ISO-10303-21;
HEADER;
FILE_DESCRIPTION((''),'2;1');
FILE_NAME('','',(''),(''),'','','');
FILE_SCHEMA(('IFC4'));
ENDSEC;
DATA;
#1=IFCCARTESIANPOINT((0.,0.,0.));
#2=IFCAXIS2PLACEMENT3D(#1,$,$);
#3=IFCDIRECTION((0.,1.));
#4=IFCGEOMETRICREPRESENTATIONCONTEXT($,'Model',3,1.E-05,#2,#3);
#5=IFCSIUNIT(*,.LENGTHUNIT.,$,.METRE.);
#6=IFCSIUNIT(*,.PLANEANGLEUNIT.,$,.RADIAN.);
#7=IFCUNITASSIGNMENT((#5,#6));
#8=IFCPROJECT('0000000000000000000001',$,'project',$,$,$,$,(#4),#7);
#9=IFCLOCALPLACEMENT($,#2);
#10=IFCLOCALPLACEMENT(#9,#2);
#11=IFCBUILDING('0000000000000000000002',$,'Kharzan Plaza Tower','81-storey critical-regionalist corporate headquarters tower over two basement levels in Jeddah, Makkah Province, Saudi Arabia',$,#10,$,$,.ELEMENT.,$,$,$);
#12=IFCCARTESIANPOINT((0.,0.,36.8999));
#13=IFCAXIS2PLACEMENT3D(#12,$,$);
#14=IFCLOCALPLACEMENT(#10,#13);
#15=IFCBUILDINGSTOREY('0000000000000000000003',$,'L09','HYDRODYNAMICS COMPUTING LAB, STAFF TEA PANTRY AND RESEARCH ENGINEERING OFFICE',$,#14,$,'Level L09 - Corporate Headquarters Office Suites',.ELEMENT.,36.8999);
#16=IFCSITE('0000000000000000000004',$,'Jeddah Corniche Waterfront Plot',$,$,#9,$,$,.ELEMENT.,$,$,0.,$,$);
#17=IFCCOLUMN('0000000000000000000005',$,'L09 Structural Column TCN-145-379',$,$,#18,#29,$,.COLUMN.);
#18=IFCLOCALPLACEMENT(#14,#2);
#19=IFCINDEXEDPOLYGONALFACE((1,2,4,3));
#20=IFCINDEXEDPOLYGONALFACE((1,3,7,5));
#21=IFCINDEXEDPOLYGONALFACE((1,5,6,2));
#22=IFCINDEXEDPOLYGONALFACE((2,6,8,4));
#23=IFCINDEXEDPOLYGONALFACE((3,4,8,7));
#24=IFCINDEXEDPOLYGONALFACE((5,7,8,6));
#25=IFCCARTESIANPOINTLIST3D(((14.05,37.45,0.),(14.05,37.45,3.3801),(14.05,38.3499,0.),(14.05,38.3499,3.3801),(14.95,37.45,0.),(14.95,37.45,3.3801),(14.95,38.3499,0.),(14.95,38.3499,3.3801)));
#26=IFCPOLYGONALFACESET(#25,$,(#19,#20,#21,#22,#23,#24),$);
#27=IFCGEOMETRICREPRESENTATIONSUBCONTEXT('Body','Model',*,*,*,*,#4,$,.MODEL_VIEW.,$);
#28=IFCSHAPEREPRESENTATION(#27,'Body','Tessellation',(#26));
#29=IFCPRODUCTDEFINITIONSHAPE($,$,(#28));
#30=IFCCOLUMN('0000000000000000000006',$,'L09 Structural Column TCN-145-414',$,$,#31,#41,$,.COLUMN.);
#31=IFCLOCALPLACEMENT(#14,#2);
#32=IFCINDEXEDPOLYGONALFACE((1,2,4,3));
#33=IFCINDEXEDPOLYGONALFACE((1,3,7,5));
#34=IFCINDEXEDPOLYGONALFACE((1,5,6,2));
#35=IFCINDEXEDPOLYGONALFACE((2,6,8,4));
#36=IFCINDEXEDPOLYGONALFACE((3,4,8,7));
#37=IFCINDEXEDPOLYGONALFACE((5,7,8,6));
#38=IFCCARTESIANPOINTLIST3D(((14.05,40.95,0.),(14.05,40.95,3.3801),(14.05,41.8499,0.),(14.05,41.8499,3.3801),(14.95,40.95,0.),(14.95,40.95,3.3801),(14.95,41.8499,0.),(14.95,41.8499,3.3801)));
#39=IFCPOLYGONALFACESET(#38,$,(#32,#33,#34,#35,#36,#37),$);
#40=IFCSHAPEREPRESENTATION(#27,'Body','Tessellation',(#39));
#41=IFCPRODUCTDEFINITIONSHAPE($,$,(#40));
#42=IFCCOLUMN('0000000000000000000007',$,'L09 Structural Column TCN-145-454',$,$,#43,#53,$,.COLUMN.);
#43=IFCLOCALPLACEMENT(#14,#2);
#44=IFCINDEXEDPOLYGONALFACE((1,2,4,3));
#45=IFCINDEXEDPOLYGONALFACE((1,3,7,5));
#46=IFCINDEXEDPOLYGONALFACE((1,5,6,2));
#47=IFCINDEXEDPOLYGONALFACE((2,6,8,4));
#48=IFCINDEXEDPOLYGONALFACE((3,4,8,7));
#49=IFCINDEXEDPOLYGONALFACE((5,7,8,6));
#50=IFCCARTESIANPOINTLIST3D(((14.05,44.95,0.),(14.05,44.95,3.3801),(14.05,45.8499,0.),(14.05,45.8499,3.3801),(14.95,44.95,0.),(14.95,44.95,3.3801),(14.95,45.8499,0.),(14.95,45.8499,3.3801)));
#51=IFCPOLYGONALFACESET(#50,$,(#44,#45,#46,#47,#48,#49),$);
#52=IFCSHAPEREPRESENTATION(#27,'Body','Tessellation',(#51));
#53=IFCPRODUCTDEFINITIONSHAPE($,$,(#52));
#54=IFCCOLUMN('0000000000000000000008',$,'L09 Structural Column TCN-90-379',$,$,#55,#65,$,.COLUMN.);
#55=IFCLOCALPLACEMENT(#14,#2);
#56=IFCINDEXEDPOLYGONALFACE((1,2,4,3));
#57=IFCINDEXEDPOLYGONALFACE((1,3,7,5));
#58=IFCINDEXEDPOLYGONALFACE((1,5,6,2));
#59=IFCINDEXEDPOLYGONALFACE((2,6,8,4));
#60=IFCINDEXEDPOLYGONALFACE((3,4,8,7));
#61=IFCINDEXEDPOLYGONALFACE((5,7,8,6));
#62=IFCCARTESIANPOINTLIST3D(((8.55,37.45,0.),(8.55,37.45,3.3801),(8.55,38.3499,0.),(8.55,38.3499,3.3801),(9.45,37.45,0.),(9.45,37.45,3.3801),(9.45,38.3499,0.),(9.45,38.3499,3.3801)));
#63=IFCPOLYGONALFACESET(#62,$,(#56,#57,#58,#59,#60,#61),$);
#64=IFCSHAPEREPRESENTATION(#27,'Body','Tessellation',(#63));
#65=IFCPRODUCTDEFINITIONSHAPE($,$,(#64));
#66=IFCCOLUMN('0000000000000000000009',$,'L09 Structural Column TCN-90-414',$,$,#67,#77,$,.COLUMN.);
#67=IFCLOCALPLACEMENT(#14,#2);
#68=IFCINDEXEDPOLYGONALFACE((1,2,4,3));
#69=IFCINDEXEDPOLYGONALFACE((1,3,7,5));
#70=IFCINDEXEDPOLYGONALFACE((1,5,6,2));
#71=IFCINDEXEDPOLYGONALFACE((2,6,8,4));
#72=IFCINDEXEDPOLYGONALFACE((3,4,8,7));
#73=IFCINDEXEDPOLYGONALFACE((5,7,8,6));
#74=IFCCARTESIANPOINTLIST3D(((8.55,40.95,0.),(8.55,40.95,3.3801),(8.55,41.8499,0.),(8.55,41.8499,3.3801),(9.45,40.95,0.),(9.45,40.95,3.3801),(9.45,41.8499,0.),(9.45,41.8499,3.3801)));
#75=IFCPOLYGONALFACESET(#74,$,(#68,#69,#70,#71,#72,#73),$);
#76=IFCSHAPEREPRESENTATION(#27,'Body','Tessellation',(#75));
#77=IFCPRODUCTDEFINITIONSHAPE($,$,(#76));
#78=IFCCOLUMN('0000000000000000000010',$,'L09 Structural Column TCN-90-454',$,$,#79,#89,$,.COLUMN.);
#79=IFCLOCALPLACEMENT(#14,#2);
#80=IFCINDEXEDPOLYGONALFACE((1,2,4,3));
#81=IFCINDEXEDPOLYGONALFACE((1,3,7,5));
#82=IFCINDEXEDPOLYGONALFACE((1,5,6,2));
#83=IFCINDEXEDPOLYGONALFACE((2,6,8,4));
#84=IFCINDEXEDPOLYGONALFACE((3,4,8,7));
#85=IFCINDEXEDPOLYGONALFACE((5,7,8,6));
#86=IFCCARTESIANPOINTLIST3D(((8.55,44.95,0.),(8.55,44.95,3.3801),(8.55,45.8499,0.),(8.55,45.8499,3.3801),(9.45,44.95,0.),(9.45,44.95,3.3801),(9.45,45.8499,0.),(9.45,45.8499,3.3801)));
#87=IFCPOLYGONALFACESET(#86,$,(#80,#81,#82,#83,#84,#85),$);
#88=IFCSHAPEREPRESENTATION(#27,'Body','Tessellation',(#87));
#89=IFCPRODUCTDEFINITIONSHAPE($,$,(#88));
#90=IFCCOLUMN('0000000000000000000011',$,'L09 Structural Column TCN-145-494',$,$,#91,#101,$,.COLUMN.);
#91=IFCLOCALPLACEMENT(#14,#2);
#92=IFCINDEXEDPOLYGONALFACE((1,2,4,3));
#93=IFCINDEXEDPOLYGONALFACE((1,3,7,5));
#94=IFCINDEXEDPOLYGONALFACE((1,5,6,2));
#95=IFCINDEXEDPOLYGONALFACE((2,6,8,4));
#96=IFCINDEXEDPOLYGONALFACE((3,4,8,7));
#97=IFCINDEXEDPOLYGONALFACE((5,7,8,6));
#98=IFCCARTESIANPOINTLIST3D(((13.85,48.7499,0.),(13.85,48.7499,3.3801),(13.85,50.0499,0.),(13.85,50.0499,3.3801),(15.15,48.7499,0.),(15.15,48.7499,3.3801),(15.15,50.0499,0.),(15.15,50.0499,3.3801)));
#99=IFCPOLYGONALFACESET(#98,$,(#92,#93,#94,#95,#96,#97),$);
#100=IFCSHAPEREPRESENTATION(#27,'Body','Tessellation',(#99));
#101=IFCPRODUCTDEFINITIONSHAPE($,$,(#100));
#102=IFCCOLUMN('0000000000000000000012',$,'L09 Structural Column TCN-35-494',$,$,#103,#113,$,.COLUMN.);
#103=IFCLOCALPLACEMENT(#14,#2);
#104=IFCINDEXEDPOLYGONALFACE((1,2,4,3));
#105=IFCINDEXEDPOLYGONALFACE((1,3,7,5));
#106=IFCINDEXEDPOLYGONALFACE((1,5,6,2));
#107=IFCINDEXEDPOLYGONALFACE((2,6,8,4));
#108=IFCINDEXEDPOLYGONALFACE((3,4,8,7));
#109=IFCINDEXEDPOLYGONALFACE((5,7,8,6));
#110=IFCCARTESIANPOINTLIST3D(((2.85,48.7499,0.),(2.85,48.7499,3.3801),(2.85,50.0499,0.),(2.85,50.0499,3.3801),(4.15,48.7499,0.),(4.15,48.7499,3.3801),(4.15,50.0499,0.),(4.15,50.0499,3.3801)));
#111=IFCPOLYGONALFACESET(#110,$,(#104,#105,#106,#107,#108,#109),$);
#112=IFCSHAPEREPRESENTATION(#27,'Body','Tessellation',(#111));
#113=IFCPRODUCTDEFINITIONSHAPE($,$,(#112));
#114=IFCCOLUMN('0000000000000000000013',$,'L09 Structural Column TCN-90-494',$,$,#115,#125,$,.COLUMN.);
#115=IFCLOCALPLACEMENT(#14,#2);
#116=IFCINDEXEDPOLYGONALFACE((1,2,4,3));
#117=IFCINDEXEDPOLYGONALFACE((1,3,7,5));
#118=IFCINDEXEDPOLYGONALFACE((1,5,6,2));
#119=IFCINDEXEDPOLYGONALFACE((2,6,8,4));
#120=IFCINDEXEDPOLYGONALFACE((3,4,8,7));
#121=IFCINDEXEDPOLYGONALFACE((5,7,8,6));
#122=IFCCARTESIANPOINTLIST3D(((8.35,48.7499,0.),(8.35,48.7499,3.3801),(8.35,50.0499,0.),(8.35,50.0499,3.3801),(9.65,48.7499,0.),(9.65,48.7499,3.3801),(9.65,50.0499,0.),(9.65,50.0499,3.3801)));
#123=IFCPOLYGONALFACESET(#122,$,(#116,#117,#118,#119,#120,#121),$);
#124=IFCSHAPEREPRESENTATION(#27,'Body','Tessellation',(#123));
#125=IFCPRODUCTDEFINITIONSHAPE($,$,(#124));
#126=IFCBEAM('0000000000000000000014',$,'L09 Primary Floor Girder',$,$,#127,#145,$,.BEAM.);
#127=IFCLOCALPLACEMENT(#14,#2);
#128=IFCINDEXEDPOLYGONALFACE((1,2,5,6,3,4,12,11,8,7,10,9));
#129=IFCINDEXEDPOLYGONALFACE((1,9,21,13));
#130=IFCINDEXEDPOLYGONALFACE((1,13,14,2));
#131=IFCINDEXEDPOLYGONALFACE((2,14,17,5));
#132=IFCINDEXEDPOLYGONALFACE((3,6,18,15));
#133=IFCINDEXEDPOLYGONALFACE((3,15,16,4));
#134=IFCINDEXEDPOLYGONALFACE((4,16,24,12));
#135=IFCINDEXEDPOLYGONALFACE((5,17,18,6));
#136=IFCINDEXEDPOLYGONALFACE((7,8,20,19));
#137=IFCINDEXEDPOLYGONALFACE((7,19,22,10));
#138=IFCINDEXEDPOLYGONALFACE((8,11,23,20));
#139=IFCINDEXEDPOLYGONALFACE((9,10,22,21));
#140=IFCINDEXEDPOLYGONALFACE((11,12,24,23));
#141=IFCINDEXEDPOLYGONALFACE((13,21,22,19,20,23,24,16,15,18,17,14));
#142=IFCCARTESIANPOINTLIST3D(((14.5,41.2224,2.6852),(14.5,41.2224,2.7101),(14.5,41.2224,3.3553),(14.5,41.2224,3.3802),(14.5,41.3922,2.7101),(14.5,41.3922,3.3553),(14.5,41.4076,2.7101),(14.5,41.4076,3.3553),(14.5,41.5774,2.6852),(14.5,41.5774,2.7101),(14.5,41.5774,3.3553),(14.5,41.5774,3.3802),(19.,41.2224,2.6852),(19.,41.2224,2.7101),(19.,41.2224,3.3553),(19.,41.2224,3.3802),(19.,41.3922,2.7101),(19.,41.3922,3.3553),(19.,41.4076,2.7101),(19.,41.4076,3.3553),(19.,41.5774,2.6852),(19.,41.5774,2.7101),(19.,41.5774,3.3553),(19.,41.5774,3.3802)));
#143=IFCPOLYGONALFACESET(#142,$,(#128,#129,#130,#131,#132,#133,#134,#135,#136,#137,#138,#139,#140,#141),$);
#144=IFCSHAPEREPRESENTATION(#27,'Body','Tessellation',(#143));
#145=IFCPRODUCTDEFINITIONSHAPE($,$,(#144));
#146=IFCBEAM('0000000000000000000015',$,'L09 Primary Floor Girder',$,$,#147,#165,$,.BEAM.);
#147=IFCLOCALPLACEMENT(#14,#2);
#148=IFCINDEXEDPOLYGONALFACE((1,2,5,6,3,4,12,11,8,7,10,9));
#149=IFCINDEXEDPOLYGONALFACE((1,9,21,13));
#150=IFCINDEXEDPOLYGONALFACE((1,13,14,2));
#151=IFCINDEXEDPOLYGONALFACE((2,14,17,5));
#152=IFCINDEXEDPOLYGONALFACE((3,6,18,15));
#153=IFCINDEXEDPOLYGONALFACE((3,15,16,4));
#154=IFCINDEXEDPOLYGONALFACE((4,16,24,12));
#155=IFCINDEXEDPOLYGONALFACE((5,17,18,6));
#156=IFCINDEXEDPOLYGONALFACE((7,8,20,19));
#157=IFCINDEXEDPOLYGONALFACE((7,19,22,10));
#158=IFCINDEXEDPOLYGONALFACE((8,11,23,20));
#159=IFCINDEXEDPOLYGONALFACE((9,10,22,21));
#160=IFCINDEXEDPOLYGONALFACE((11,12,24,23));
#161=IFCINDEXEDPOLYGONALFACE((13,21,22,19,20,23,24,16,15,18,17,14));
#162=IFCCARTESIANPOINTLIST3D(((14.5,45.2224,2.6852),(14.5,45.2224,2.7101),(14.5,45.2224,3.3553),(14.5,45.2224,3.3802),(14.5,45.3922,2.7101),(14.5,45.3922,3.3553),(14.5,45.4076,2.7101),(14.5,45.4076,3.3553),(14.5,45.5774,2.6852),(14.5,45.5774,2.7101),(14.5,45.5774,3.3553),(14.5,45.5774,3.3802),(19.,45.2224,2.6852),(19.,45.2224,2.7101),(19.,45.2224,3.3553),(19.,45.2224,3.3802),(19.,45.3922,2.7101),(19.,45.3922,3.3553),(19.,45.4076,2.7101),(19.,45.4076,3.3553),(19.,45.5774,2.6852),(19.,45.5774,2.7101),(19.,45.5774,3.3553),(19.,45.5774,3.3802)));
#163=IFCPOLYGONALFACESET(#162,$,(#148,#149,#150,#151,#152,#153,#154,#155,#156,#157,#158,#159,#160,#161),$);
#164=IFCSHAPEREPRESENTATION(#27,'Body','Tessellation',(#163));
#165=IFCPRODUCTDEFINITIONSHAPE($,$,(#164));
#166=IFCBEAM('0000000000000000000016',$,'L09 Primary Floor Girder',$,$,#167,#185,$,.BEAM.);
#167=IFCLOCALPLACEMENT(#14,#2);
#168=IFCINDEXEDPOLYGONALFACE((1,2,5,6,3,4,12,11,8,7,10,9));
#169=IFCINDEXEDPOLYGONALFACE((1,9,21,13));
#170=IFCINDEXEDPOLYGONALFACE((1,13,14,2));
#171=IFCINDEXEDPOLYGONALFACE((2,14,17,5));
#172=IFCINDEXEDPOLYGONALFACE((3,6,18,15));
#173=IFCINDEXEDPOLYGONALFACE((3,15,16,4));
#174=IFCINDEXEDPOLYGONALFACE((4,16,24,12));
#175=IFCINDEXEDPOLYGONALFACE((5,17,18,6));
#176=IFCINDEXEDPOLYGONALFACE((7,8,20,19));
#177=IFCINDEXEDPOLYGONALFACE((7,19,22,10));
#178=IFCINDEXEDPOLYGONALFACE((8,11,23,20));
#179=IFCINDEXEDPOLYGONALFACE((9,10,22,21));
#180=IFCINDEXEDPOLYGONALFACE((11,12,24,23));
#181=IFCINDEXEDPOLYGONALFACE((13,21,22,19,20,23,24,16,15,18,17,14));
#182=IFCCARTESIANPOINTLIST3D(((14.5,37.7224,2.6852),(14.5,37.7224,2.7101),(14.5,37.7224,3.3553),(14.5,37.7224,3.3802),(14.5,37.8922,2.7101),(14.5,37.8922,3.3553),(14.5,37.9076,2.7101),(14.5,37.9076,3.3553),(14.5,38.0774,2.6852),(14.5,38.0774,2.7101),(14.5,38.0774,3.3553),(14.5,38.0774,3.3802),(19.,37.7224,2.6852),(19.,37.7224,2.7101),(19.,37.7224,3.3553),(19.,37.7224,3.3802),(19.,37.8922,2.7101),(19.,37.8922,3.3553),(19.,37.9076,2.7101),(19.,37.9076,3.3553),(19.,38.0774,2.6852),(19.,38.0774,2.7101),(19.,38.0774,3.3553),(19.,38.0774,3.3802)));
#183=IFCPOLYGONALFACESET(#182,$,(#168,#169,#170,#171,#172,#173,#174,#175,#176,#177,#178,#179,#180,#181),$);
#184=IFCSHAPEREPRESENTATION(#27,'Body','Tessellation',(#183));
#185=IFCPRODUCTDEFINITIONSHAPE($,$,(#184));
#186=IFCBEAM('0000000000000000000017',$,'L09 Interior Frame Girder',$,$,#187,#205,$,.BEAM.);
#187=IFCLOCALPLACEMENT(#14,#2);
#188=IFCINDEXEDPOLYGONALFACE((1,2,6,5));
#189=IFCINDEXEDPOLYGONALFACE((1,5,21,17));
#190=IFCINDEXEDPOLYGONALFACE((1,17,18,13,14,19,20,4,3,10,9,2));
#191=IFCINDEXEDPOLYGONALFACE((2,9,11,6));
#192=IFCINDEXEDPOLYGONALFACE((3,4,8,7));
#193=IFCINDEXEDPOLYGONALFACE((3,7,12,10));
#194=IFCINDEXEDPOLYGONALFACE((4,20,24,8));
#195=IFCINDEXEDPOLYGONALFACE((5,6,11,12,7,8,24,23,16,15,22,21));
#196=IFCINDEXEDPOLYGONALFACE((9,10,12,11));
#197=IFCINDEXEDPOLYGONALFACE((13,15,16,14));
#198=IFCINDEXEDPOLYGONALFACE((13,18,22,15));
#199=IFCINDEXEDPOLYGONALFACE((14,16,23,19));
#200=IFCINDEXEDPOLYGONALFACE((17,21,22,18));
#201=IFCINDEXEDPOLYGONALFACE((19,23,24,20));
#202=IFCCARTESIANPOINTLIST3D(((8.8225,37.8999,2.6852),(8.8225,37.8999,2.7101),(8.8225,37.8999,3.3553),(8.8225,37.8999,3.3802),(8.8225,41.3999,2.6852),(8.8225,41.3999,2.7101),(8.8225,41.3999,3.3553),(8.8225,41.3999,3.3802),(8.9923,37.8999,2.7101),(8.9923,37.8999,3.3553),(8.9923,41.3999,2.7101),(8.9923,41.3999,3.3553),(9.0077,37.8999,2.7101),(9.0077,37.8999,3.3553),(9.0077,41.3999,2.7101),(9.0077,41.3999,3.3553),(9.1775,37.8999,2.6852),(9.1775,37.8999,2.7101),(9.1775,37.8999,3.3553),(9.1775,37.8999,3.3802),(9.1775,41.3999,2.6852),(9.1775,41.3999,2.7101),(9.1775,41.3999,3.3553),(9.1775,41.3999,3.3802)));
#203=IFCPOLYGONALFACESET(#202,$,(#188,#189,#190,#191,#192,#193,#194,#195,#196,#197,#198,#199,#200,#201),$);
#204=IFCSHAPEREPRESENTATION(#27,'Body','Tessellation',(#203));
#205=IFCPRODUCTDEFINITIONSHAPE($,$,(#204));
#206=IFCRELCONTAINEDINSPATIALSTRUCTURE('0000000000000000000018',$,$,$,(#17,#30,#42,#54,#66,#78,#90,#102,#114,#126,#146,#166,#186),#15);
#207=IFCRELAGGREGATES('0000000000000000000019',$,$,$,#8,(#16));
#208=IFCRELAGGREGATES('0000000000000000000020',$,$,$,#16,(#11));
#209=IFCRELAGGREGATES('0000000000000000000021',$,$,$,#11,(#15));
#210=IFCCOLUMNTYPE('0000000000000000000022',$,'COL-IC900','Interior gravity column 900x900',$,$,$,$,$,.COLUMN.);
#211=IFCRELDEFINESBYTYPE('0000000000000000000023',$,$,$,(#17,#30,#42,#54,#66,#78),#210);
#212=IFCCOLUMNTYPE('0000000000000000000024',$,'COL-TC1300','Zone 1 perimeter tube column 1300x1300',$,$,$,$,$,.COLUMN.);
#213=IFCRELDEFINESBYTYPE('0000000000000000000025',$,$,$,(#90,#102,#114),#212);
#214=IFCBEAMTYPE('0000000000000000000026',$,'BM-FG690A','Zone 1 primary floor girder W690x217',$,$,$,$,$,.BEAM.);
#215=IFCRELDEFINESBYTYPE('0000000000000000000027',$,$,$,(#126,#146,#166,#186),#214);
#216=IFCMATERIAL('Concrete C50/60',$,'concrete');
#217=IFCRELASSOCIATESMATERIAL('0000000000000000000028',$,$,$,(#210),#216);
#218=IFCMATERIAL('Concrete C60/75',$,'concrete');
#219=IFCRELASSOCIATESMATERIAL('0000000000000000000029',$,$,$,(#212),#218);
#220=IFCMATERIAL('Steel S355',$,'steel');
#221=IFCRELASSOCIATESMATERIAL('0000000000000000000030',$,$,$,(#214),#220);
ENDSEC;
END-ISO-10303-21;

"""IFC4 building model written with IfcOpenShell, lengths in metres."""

from ifc_helpers import new_model, si_unit, direction, frame, origin, origin_2d, place, context, subcontext, project, spatial, rectangle, i_section, extrude, source, transform, mapped, material, material_profile, profile_set, type_object, element, save


model = new_model("IFC4")

# Units and contexts
model_context = context("Model", 3, precision=1e-05, world=origin(), true_north=direction((0.0, 1.0)))
body_context = subcontext(model_context, "Body", "Model", "MODEL_VIEW")
ifc_project = project(units=[si_unit("LENGTHUNIT", "METRE"), si_unit("PLANEANGLEUNIT", "RADIAN")], contexts=[model_context])

# Site, building, storey
site_placement = place(None, origin())
site = spatial("IfcSite", under=ifc_project, at=site_placement, Name="Jeddah Corniche Waterfront Plot", CompositionType="ELEMENT", RefElevation=0.0)
building_placement = place(site_placement, origin())
building = spatial("IfcBuilding", under=site, at=building_placement, Name="Kharzan Plaza Tower", Description="81-storey critical-regionalist corporate headquarters tower over two basement levels in Jeddah, Makkah Province, Saudi Arabia", CompositionType="ELEMENT")
storey_placement = place(building_placement, frame((0.0, 0.0, 36.8999)))
storey = spatial("IfcBuildingStorey", under=building, at=storey_placement, Name="L09", Description="HYDRODYNAMICS COMPUTING LAB, STAFF TEA PANTRY AND RESEARCH ENGINEERING OFFICE", LongName="Level L09 - Corporate Headquarters Office Suites", CompositionType="ELEMENT", Elevation=36.8999)

# Columns
ifc_material_1 = material(Name="Concrete C50/60", Category="concrete")
ifc_material_profile_1 = material_profile(ifc_material_1, rectangle(XDim=0.8999, YDim=0.8999, at=origin_2d()), Name="RC-IC900x900")
ifc_profile_set_1 = profile_set([ifc_material_profile_1], Name="Concrete C50/60")
column_type_1 = type_object("IfcColumnType", Name="COL-IC900", Description="Interior gravity column 900x900", PredefinedType="COLUMN", material=ifc_profile_set_1)
shared_shape_1 = source(origin(), body_context, "Body", "SweptSolid", [
    extrude(rectangle(XDim=0.8999, YDim=0.8999, at=origin_2d()), origin(), (0.0, 0.0, 1.0), 3.3801),
])
for number, where, z_axis, x_axis, name in (
    (1, (14.5, 37.8999, 0.0), (0.0, 0.0, 1.0), (1.0, 0.0, 0.0), "L09 Structural Column TCN-145-379"),
    (2, (14.5, 41.3999, 0.0), (0.0, 0.0, 1.0), (1.0, 0.0, 0.0), "L09 Structural Column TCN-145-414"),
    (3, (14.5, 45.3999, 0.0), (0.0, 0.0, 1.0), (1.0, 0.0, 0.0), "L09 Structural Column TCN-145-454"),
    (4, (9.0, 37.8999, 0.0), (0.0, 0.0, 1.0), (1.0, 0.0, 0.0), "L09 Structural Column TCN-90-379"),
    (5, (9.0, 41.3999, 0.0), (0.0, 0.0, 1.0), (1.0, 0.0, 0.0), "L09 Structural Column TCN-90-414"),
    (6, (9.0, 45.3999, 0.0), (0.0, 0.0, 1.0), (1.0, 0.0, 0.0), "L09 Structural Column TCN-90-454"),
):
    element("IfcColumn", number, at=place(storey_placement, frame(where, z_axis=z_axis, x_axis=x_axis)), inside=storey, type_object=column_type_1, Name=name, PredefinedType="COLUMN", context=body_context, shape_type="MappedRepresentation", body=[
        mapped(shared_shape_1, transform((0.0, 0.0, 0.0), x_axis=(1.0, 0.0, 0.0), y_axis=(0.0, 1.0, 0.0), z_axis=(0.0, 0.0, 1.0))),
    ])
ifc_material_2 = material(Name="Concrete C60/75", Category="concrete")
ifc_material_profile_2 = material_profile(ifc_material_2, rectangle(XDim=1.3, YDim=1.3, at=origin_2d()), Name="RC-TC1300x1300")
ifc_profile_set_2 = profile_set([ifc_material_profile_2], Name="Concrete C60/75")
column_type_2 = type_object("IfcColumnType", Name="COL-TC1300", Description="Zone 1 perimeter tube column 1300x1300", PredefinedType="COLUMN", material=ifc_profile_set_2)
shared_shape_2 = source(origin(), body_context, "Body", "SweptSolid", [
    extrude(rectangle(XDim=1.3, YDim=1.3, at=origin_2d()), origin(), (0.0, 0.0, 1.0), 3.3801),
])
for number, where, z_axis, x_axis, name in (
    (7, (14.5, 49.3999, 0.0), (0.0, 0.0, 1.0), (1.0, 0.0, 0.0), "L09 Structural Column TCN-145-494"),
    (8, (3.5, 49.3999, 0.0), (0.0, 0.0, 1.0), (1.0, 0.0, 0.0), "L09 Structural Column TCN-35-494"),
    (9, (9.0, 49.3999, 0.0), (0.0, 0.0, 1.0), (1.0, 0.0, 0.0), "L09 Structural Column TCN-90-494"),
):
    element("IfcColumn", number, at=place(storey_placement, frame(where, z_axis=z_axis, x_axis=x_axis)), inside=storey, type_object=column_type_2, Name=name, PredefinedType="COLUMN", context=body_context, shape_type="MappedRepresentation", body=[
        mapped(shared_shape_2, transform((0.0, 0.0, 0.0), x_axis=(1.0, 0.0, 0.0), y_axis=(0.0, 1.0, 0.0), z_axis=(0.0, 0.0, 1.0))),
    ])

# Beams
ifc_material_3 = material(Name="Steel S355", Category="steel")
ifc_material_profile_3 = material_profile(ifc_material_3, i_section(OverallWidth=0.355, OverallDepth=0.6951, WebThickness=0.0154, FlangeThickness=0.0249, at=origin_2d()), Name="W690x217")
ifc_profile_set_3 = profile_set([ifc_material_profile_3], Name="Steel S355")
beam_type_1 = type_object("IfcBeamType", Name="BM-FG690A", Description="Zone 1 primary floor girder W690x217", PredefinedType="BEAM", material=ifc_profile_set_3)
shared_shape_3 = source(origin(), body_context, "Body", "SweptSolid", [
    extrude(i_section(OverallWidth=0.355, OverallDepth=0.6951, WebThickness=0.0154, FlangeThickness=0.0249, at=origin_2d()), origin(), (0.0, 0.0, 1.0), 4.5),
])
for number, where, z_axis, x_axis, name in (
    (10, (14.5, 41.3999, 3.0327), (1.0, 0.0, 0.0), (0.0, 1.0, 0.0), "L09 Primary Floor Girder"),
    (11, (14.5, 45.3999, 3.0327), (1.0, 0.0, 0.0), (0.0, 1.0, 0.0), "L09 Primary Floor Girder"),
    (12, (14.5, 37.8999, 3.0327), (1.0, 0.0, 0.0), (0.0, 1.0, 0.0), "L09 Primary Floor Girder"),
):
    element("IfcBeam", number, at=place(storey_placement, frame(where, z_axis=z_axis, x_axis=x_axis)), inside=storey, type_object=beam_type_1, Name=name, PredefinedType="BEAM", context=body_context, shape_type="MappedRepresentation", body=[
        mapped(shared_shape_3, transform((0.0, 0.0, 0.0), x_axis=(1.0, 0.0, 0.0), y_axis=(0.0, 1.0, 0.0), z_axis=(0.0, 0.0, 1.0))),
    ])
shared_shape_4 = source(origin(), body_context, "Body", "SweptSolid", [
    extrude(i_section(OverallWidth=0.355, OverallDepth=0.6951, WebThickness=0.0154, FlangeThickness=0.0249, at=origin_2d()), origin(), (0.0, 0.0, 1.0), 3.5),
])
for number, where, z_axis, x_axis, name in (
    (13, (9.0, 37.8999, 3.0327), (0.0, 1.0, 0.0), (-1.0, 0.0, 0.0), "L09 Interior Frame Girder"),
):
    element("IfcBeam", number, at=place(storey_placement, frame(where, z_axis=z_axis, x_axis=x_axis)), inside=storey, type_object=beam_type_1, Name=name, PredefinedType="BEAM", context=body_context, shape_type="MappedRepresentation", body=[
        mapped(shared_shape_4, transform((0.0, 0.0, 0.0), x_axis=(1.0, 0.0, 0.0), y_axis=(0.0, 1.0, 0.0), z_axis=(0.0, 0.0, 1.0))),
    ])

save(model, "model.ifc")
